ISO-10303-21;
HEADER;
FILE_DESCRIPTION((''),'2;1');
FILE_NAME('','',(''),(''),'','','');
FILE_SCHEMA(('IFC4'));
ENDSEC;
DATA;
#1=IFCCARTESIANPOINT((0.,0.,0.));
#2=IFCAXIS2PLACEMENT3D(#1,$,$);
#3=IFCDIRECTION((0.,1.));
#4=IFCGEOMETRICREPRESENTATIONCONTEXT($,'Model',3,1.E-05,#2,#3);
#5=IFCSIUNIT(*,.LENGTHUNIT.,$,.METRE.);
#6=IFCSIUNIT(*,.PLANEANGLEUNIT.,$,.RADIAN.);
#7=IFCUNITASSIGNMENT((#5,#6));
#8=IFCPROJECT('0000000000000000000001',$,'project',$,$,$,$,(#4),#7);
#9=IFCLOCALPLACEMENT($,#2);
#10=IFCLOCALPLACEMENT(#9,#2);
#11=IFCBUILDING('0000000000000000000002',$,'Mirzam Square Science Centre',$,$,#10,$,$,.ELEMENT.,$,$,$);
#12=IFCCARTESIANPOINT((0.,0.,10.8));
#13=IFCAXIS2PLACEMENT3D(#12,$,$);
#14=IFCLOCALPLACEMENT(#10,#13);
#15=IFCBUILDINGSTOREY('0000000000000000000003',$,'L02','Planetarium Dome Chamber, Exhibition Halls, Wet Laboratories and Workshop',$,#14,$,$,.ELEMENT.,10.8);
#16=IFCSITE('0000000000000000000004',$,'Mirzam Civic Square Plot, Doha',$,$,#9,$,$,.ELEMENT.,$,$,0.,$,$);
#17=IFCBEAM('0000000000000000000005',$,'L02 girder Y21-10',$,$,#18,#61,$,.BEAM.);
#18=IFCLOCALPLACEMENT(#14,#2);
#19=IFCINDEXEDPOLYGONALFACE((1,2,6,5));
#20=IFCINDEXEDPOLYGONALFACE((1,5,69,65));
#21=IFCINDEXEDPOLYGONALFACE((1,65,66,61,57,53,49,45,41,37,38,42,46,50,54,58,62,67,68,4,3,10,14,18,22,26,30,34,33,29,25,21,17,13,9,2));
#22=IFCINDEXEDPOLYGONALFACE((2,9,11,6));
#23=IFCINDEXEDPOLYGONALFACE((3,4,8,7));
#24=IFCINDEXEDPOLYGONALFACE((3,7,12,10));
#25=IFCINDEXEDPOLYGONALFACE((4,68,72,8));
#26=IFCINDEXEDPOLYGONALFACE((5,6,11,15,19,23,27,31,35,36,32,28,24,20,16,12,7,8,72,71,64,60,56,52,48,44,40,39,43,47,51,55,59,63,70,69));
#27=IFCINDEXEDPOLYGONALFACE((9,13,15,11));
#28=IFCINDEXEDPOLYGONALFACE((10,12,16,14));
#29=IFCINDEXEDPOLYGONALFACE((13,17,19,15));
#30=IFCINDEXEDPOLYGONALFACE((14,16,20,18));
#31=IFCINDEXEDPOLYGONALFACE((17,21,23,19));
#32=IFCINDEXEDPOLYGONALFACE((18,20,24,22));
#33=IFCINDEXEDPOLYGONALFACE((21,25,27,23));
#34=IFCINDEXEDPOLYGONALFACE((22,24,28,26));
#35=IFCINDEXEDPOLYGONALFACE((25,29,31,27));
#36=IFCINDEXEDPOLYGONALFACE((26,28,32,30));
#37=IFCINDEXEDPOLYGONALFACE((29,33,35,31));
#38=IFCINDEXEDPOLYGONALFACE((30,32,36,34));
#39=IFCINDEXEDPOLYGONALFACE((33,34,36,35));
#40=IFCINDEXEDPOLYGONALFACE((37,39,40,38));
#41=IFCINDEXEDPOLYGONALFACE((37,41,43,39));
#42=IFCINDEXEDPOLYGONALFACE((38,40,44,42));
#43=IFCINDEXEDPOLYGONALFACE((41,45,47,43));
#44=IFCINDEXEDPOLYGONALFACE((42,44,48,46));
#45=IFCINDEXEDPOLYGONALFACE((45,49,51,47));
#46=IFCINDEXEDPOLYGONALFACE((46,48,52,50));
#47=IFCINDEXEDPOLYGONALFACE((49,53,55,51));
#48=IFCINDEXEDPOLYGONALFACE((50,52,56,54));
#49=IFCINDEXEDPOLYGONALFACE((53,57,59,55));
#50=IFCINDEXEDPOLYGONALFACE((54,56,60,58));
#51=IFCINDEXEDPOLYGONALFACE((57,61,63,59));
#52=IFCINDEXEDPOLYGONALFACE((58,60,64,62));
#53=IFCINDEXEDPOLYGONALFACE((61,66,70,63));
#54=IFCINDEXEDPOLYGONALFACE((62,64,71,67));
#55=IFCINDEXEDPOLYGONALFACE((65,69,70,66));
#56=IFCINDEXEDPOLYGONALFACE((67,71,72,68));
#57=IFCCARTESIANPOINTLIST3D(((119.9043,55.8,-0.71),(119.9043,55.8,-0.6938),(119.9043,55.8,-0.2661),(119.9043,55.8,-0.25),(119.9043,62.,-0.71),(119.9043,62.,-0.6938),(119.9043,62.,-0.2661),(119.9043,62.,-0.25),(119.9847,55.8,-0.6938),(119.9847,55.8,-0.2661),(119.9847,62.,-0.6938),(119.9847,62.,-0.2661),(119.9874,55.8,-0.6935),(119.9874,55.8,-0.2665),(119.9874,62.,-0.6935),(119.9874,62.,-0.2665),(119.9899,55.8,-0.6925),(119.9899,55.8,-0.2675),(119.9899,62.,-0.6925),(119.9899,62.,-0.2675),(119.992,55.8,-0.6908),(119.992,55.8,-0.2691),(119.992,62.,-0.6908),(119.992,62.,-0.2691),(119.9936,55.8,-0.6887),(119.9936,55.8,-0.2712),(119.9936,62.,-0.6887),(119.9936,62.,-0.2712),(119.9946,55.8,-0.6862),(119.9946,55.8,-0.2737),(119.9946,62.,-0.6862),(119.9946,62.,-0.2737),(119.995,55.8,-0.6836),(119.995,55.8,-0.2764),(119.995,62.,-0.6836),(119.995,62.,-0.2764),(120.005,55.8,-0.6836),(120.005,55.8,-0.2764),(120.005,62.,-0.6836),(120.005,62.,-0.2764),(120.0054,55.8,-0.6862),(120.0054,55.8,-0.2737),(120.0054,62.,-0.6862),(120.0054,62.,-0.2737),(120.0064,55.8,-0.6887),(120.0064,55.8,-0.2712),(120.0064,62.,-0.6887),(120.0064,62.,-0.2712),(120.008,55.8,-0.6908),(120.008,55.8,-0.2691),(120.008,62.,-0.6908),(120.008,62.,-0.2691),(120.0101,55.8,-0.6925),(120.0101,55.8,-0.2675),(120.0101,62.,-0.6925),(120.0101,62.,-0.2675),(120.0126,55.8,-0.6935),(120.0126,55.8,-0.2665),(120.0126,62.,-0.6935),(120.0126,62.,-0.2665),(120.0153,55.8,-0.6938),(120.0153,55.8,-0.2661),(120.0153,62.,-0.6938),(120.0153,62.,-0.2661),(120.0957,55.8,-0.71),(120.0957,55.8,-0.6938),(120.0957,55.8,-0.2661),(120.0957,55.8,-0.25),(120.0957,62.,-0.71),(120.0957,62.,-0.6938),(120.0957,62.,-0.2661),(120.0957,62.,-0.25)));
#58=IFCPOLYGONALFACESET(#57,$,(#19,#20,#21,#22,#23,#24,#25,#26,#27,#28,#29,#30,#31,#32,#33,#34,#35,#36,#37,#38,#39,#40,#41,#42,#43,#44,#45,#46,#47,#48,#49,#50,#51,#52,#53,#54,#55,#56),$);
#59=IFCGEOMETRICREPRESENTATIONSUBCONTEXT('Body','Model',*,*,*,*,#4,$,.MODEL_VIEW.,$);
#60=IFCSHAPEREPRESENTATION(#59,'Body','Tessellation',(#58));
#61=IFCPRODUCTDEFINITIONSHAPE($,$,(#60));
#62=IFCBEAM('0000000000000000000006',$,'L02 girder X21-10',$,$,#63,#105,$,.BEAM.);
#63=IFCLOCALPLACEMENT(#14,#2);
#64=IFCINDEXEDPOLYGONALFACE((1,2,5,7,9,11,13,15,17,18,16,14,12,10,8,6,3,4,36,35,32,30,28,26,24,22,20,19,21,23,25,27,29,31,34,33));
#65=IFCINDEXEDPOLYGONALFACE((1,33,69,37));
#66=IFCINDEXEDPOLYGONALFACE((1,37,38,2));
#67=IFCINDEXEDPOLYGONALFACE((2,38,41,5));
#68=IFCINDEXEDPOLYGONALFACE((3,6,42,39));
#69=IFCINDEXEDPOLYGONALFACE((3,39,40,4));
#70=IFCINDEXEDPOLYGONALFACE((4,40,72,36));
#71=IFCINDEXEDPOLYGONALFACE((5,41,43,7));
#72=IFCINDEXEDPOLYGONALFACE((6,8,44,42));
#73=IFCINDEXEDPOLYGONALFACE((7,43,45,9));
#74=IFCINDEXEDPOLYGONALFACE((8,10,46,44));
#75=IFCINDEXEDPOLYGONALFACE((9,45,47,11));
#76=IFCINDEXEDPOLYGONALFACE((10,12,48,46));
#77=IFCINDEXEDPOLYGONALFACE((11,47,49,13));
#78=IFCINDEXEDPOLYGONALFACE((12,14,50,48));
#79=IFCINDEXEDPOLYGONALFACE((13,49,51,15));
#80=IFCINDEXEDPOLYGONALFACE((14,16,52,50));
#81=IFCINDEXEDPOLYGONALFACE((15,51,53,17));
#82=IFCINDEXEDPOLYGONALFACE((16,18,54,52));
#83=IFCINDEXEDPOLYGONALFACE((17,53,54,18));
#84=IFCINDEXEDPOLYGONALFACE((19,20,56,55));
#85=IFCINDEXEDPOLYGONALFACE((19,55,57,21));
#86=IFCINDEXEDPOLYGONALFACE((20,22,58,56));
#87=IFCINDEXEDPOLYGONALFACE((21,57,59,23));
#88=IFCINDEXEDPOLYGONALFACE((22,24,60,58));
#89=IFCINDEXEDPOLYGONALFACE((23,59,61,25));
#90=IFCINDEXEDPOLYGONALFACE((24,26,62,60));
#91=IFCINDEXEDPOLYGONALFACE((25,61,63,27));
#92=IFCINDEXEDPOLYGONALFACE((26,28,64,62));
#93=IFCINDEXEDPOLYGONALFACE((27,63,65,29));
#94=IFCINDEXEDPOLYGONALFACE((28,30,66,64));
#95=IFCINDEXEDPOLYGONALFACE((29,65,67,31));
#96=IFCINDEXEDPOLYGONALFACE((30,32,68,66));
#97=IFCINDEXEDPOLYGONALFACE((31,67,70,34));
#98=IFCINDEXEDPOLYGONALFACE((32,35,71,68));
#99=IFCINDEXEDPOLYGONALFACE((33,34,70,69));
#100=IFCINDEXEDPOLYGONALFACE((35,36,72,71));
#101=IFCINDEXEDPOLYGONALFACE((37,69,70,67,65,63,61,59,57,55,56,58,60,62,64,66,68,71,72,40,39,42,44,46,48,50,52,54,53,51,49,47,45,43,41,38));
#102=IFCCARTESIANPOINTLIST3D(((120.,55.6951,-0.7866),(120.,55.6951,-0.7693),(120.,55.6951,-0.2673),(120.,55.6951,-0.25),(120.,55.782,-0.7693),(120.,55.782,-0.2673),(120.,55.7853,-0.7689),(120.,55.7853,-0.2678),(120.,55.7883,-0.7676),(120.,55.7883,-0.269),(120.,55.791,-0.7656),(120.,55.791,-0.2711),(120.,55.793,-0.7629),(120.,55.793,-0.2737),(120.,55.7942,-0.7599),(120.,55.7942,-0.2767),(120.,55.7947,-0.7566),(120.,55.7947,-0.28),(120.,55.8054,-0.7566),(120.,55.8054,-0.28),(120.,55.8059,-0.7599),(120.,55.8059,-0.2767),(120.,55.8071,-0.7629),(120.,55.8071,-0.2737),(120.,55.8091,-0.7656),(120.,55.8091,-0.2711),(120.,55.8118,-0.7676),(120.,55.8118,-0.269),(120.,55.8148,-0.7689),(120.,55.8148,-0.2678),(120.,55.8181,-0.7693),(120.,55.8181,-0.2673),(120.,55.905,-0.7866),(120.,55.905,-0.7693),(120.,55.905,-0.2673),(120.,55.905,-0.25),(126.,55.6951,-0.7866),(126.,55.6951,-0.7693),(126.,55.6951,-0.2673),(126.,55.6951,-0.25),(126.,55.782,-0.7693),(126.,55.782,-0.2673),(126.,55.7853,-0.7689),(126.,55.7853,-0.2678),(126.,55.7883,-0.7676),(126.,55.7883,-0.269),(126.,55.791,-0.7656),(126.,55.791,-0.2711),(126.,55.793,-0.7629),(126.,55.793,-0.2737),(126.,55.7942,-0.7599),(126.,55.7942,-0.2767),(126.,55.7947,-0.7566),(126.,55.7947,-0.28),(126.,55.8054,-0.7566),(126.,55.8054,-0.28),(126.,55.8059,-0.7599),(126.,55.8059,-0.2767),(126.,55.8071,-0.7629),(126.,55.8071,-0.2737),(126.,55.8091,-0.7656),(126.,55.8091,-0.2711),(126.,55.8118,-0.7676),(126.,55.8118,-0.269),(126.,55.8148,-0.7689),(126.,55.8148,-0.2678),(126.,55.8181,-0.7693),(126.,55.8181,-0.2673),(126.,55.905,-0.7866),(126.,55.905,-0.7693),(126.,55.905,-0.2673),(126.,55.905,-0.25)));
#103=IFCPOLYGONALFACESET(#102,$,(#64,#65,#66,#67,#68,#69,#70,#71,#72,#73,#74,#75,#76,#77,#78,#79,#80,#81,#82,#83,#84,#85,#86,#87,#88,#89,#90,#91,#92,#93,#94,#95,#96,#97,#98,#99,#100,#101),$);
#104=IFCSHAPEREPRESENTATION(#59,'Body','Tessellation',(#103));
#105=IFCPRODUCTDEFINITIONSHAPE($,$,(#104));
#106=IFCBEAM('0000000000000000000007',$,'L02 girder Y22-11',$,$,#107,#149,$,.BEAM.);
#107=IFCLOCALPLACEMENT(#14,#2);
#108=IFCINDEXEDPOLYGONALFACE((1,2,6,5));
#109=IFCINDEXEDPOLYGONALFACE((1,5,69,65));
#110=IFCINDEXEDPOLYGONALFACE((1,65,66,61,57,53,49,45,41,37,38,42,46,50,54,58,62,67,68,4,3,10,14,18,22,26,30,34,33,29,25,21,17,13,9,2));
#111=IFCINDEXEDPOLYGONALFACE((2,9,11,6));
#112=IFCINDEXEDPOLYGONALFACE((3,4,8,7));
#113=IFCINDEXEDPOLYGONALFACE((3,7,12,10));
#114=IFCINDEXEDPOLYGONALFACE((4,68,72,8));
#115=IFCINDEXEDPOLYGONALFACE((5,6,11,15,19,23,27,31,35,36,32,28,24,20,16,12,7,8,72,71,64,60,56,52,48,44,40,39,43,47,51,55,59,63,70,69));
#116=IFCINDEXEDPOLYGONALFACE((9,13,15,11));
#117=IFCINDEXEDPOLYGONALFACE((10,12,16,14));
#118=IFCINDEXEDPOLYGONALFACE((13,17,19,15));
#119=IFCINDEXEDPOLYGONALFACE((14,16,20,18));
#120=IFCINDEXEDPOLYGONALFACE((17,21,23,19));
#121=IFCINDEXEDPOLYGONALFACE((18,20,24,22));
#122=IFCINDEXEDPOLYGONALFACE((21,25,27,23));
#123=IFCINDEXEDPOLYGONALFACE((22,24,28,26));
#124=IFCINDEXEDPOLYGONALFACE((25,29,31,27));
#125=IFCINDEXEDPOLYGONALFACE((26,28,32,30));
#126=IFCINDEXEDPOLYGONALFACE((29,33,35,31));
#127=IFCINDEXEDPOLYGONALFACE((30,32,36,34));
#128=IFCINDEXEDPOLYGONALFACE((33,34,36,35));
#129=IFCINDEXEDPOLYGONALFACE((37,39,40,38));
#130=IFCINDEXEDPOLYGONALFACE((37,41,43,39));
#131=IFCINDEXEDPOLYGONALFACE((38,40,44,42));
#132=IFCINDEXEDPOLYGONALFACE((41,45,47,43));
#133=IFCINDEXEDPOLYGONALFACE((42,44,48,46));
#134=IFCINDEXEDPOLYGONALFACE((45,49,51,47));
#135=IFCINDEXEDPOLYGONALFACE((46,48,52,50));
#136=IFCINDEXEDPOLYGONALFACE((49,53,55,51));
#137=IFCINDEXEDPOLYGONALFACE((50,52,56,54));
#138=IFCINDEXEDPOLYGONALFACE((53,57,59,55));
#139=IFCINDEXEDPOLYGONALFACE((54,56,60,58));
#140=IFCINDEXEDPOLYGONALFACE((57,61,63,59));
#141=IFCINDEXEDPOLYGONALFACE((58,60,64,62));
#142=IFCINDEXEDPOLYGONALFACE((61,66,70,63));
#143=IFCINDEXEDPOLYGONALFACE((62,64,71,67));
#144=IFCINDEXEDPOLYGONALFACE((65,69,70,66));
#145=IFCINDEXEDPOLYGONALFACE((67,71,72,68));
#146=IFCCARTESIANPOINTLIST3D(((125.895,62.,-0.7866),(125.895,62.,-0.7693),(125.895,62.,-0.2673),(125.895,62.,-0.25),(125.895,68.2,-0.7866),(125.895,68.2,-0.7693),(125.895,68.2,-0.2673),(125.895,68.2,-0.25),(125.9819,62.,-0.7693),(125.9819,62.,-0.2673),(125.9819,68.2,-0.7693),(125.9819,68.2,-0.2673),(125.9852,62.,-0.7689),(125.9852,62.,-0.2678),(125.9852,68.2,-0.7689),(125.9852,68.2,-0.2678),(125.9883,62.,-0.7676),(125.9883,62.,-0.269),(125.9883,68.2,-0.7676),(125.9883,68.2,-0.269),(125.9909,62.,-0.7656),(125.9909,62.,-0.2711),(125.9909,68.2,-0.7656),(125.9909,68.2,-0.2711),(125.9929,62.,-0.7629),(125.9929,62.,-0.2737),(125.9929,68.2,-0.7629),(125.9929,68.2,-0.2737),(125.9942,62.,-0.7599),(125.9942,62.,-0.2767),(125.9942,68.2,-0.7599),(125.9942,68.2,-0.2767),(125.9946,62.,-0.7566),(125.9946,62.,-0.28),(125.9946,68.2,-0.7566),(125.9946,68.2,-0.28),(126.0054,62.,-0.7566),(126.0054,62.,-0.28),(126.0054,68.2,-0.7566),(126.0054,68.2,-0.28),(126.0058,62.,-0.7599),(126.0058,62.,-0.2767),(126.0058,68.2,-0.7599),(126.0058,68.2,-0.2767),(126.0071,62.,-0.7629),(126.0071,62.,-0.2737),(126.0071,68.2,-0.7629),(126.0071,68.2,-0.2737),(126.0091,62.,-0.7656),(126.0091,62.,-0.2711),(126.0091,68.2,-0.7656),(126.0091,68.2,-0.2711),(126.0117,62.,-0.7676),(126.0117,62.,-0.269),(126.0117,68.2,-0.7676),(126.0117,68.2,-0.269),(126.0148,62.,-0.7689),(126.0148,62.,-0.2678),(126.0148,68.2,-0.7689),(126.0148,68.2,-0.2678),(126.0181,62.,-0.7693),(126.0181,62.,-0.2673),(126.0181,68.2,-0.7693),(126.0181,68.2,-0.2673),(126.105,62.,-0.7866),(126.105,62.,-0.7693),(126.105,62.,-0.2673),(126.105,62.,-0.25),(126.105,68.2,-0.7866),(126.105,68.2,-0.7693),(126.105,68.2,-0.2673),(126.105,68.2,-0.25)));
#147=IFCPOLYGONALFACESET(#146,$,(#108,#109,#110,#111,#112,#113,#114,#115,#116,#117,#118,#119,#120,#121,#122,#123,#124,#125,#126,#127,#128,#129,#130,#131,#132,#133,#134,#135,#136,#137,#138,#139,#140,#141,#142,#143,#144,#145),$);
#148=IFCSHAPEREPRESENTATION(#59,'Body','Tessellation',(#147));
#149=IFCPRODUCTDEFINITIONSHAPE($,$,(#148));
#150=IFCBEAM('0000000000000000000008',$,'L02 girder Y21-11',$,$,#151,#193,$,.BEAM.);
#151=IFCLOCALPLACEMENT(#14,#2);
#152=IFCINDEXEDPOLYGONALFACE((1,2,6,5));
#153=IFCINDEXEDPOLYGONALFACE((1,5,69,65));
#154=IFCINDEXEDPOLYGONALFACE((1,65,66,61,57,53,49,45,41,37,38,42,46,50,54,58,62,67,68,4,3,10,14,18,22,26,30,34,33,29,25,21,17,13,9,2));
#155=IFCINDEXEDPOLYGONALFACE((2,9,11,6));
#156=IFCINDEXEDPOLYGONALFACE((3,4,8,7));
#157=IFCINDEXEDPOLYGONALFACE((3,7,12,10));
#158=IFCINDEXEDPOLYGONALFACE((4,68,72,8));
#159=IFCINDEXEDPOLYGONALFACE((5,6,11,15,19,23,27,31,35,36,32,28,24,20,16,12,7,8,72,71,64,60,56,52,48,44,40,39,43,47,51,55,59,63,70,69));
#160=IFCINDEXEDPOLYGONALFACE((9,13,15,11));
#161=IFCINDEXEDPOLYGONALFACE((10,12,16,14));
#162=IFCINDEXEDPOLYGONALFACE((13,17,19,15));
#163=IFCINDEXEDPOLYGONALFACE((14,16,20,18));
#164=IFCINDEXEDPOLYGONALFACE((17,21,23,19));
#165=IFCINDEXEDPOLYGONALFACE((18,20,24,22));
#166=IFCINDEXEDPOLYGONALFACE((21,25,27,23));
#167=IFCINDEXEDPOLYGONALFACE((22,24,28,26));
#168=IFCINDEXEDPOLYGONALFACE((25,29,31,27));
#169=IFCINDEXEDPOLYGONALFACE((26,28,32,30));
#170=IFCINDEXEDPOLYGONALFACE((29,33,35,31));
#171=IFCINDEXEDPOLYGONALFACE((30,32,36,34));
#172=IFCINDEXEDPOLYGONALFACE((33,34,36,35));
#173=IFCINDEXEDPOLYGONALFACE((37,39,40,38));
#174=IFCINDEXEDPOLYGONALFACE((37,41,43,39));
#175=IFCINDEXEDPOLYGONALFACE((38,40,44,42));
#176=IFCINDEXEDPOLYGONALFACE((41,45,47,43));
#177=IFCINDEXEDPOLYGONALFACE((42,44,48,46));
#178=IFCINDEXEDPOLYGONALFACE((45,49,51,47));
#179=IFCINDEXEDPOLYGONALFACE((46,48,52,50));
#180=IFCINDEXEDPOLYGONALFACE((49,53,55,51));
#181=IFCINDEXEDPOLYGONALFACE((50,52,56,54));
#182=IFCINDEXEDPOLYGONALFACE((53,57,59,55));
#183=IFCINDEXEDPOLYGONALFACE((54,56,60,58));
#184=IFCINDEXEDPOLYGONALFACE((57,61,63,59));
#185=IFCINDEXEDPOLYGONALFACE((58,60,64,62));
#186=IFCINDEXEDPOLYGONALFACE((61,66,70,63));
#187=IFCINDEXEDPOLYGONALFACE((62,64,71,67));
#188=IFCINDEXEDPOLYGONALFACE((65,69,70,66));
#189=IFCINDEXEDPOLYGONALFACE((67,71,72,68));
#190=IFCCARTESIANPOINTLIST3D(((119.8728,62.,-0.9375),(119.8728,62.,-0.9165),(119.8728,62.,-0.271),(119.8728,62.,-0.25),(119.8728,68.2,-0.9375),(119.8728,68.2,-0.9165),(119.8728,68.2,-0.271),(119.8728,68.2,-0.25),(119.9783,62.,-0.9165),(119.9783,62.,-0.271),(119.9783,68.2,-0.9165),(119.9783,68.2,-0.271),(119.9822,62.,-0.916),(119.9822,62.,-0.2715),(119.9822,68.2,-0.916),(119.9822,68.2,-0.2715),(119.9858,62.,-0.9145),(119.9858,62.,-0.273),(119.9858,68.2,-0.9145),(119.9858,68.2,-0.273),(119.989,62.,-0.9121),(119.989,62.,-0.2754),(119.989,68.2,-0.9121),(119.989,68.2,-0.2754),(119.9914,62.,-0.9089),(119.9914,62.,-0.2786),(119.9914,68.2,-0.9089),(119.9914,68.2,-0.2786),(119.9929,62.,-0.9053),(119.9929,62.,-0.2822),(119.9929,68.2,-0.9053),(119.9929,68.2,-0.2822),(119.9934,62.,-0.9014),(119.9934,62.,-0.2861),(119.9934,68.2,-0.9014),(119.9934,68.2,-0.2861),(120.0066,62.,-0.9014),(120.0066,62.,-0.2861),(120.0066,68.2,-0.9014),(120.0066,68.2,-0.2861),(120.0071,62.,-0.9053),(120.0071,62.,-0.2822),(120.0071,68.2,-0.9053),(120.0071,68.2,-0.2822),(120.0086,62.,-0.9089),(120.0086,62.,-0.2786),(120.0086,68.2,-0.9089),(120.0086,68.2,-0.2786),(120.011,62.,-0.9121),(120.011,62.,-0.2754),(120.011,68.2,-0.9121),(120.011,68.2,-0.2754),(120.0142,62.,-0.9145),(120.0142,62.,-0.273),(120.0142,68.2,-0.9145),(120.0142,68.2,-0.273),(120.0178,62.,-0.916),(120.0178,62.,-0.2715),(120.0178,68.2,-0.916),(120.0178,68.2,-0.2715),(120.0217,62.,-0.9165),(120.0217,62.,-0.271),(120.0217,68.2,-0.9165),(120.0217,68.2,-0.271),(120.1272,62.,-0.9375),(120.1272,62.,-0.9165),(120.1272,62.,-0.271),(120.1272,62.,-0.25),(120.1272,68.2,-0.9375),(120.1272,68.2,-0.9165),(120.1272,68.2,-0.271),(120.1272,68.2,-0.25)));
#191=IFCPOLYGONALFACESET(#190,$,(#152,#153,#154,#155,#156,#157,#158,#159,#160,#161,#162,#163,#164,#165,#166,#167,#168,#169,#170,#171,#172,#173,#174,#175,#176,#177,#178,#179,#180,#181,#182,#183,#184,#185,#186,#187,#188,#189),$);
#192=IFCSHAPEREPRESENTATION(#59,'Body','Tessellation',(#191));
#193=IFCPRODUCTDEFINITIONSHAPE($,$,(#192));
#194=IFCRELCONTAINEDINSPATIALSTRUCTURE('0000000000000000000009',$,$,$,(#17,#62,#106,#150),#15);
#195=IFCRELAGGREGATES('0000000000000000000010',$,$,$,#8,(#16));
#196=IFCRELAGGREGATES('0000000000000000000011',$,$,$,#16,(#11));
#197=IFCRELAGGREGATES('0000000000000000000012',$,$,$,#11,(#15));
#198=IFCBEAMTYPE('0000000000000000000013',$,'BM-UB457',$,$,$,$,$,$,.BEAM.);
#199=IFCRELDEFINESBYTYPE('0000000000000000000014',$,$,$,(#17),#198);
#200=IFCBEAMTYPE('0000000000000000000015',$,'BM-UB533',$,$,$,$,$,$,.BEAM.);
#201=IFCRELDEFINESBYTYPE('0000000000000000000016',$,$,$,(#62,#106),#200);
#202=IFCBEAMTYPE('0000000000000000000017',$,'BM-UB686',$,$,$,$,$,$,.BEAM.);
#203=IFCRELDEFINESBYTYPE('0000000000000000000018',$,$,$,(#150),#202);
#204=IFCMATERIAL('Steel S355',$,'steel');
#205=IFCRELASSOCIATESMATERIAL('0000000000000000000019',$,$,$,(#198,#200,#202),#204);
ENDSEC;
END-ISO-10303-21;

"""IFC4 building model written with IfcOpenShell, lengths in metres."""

from ifc_helpers import new_model, si_unit, direction, frame, origin, origin_2d, place, context, subcontext, project, spatial, i_section, extrude, material, material_profile, profile_set, type_object, element, save


model = new_model("IFC4")

# Units and contexts
model_context = context("Model", 3, precision=1e-05, world=origin(), true_north=direction((0.0, 1.0)))
body_context = subcontext(model_context, "Body", "Model", "MODEL_VIEW")
ifc_project = project(units=[si_unit("LENGTHUNIT", "METRE"), si_unit("PLANEANGLEUNIT", "RADIAN")], contexts=[model_context])

# Site, building, storey
site_placement = place(None, origin())
site = spatial("IfcSite", under=ifc_project, at=site_placement, Name="Mirzam Civic Square Plot, Doha", CompositionType="ELEMENT", RefElevation=0.0)
building_placement = place(site_placement, origin())
building = spatial("IfcBuilding", under=site, at=building_placement, Name="Mirzam Square Science Centre", CompositionType="ELEMENT")
storey_placement = place(building_placement, frame((0.0, 0.0, 10.8)))
storey = spatial("IfcBuildingStorey", under=building, at=storey_placement, Name="L02", Description="Planetarium Dome Chamber, Exhibition Halls, Wet Laboratories and Workshop", CompositionType="ELEMENT", Elevation=10.8)

# Shared definitions
ifc_material_1 = material(Name="Steel S355", Category="steel")

# Beams
ifc_material_profile_1 = material_profile(ifc_material_1, i_section(OverallWidth=0.1914, OverallDepth=0.46, WebThickness=0.01, FlangeThickness=0.0161, FilletRadius=0.0103, at=origin_2d()), Name="457x191x82UB")
ifc_profile_set_1 = profile_set([ifc_material_profile_1], Name="Steel S355")
beam_type_1 = type_object("IfcBeamType", Name="BM-UB457", PredefinedType="BEAM", material=ifc_profile_set_1)
beam_1_placement = place(storey_placement, frame((120.0, 55.8, -0.48), z_axis=(0.0, 1.0, 0.0), x_axis=(-1.0, 0.0, 0.0)))
element("IfcBeam", 1, at=beam_1_placement, inside=storey, type_object=beam_type_1, Name="L02 girder Y21-10", PredefinedType="BEAM", context=body_context, shape_type="SweptSolid", body=[
    extrude(i_section(OverallWidth=0.1914, OverallDepth=0.46, WebThickness=0.01, FlangeThickness=0.0161, FilletRadius=0.0103, at=origin_2d()), origin(), (0.0, 0.0, 1.0), 6.2),
])
ifc_material_profile_2 = material_profile(ifc_material_1, i_section(OverallWidth=0.21, OverallDepth=0.5366, WebThickness=0.0107, FlangeThickness=0.0173, FilletRadius=0.0127, at=origin_2d()), Name="533x210x101UB")
ifc_profile_set_2 = profile_set([ifc_material_profile_2], Name="Steel S355")
beam_type_2 = type_object("IfcBeamType", Name="BM-UB533", PredefinedType="BEAM", material=ifc_profile_set_2)
beam_2_placement = place(storey_placement, frame((120.0, 55.8, -0.5183), z_axis=(1.0, 0.0, 0.0), x_axis=(0.0, 1.0, 0.0)))
element("IfcBeam", 2, at=beam_2_placement, inside=storey, type_object=beam_type_2, Name="L02 girder X21-10", PredefinedType="BEAM", context=body_context, shape_type="SweptSolid", body=[
    extrude(i_section(OverallWidth=0.21, OverallDepth=0.5366, WebThickness=0.0107, FlangeThickness=0.0173, FilletRadius=0.0127, at=origin_2d()), origin(), (0.0, 0.0, 1.0), 6.0),
])
beam_3_placement = place(storey_placement, frame((126.0, 62.0, -0.5183), z_axis=(0.0, 1.0, 0.0), x_axis=(-1.0, 0.0, 0.0)))
element("IfcBeam", 3, at=beam_3_placement, inside=storey, type_object=beam_type_2, Name="L02 girder Y22-11", PredefinedType="BEAM", context=body_context, shape_type="SweptSolid", body=[
    extrude(i_section(OverallWidth=0.21, OverallDepth=0.5366, WebThickness=0.0107, FlangeThickness=0.0173, FilletRadius=0.0127, at=origin_2d()), origin(), (0.0, 0.0, 1.0), 6.2),
])
ifc_material_profile_3 = material_profile(ifc_material_1, i_section(OverallWidth=0.2544, OverallDepth=0.6875, WebThickness=0.0132, FlangeThickness=0.021, FilletRadius=0.0151, at=origin_2d()), Name="686x254x152UB")
ifc_profile_set_3 = profile_set([ifc_material_profile_3], Name="Steel S355")
beam_type_3 = type_object("IfcBeamType", Name="BM-UB686", PredefinedType="BEAM", material=ifc_profile_set_3)
for number, where, z_axis, x_axis, name in (
    (4, (120.0, 62.0, -0.5938), (0.0, 1.0, 0.0), (-1.0, 0.0, 0.0), "L02 girder Y21-11"),
):
    element("IfcBeam", number, at=place(storey_placement, frame(where, z_axis=z_axis, x_axis=x_axis)), inside=storey, type_object=beam_type_3, Name=name, PredefinedType="BEAM", context=body_context, shape_type="SweptSolid", body=[
        extrude(i_section(OverallWidth=0.2544, OverallDepth=0.6875, WebThickness=0.0132, FlangeThickness=0.021, FilletRadius=0.0151, at=origin_2d()), origin(), (0.0, 0.0, 1.0), 6.2),
    ])

save(model, "model.ifc")
